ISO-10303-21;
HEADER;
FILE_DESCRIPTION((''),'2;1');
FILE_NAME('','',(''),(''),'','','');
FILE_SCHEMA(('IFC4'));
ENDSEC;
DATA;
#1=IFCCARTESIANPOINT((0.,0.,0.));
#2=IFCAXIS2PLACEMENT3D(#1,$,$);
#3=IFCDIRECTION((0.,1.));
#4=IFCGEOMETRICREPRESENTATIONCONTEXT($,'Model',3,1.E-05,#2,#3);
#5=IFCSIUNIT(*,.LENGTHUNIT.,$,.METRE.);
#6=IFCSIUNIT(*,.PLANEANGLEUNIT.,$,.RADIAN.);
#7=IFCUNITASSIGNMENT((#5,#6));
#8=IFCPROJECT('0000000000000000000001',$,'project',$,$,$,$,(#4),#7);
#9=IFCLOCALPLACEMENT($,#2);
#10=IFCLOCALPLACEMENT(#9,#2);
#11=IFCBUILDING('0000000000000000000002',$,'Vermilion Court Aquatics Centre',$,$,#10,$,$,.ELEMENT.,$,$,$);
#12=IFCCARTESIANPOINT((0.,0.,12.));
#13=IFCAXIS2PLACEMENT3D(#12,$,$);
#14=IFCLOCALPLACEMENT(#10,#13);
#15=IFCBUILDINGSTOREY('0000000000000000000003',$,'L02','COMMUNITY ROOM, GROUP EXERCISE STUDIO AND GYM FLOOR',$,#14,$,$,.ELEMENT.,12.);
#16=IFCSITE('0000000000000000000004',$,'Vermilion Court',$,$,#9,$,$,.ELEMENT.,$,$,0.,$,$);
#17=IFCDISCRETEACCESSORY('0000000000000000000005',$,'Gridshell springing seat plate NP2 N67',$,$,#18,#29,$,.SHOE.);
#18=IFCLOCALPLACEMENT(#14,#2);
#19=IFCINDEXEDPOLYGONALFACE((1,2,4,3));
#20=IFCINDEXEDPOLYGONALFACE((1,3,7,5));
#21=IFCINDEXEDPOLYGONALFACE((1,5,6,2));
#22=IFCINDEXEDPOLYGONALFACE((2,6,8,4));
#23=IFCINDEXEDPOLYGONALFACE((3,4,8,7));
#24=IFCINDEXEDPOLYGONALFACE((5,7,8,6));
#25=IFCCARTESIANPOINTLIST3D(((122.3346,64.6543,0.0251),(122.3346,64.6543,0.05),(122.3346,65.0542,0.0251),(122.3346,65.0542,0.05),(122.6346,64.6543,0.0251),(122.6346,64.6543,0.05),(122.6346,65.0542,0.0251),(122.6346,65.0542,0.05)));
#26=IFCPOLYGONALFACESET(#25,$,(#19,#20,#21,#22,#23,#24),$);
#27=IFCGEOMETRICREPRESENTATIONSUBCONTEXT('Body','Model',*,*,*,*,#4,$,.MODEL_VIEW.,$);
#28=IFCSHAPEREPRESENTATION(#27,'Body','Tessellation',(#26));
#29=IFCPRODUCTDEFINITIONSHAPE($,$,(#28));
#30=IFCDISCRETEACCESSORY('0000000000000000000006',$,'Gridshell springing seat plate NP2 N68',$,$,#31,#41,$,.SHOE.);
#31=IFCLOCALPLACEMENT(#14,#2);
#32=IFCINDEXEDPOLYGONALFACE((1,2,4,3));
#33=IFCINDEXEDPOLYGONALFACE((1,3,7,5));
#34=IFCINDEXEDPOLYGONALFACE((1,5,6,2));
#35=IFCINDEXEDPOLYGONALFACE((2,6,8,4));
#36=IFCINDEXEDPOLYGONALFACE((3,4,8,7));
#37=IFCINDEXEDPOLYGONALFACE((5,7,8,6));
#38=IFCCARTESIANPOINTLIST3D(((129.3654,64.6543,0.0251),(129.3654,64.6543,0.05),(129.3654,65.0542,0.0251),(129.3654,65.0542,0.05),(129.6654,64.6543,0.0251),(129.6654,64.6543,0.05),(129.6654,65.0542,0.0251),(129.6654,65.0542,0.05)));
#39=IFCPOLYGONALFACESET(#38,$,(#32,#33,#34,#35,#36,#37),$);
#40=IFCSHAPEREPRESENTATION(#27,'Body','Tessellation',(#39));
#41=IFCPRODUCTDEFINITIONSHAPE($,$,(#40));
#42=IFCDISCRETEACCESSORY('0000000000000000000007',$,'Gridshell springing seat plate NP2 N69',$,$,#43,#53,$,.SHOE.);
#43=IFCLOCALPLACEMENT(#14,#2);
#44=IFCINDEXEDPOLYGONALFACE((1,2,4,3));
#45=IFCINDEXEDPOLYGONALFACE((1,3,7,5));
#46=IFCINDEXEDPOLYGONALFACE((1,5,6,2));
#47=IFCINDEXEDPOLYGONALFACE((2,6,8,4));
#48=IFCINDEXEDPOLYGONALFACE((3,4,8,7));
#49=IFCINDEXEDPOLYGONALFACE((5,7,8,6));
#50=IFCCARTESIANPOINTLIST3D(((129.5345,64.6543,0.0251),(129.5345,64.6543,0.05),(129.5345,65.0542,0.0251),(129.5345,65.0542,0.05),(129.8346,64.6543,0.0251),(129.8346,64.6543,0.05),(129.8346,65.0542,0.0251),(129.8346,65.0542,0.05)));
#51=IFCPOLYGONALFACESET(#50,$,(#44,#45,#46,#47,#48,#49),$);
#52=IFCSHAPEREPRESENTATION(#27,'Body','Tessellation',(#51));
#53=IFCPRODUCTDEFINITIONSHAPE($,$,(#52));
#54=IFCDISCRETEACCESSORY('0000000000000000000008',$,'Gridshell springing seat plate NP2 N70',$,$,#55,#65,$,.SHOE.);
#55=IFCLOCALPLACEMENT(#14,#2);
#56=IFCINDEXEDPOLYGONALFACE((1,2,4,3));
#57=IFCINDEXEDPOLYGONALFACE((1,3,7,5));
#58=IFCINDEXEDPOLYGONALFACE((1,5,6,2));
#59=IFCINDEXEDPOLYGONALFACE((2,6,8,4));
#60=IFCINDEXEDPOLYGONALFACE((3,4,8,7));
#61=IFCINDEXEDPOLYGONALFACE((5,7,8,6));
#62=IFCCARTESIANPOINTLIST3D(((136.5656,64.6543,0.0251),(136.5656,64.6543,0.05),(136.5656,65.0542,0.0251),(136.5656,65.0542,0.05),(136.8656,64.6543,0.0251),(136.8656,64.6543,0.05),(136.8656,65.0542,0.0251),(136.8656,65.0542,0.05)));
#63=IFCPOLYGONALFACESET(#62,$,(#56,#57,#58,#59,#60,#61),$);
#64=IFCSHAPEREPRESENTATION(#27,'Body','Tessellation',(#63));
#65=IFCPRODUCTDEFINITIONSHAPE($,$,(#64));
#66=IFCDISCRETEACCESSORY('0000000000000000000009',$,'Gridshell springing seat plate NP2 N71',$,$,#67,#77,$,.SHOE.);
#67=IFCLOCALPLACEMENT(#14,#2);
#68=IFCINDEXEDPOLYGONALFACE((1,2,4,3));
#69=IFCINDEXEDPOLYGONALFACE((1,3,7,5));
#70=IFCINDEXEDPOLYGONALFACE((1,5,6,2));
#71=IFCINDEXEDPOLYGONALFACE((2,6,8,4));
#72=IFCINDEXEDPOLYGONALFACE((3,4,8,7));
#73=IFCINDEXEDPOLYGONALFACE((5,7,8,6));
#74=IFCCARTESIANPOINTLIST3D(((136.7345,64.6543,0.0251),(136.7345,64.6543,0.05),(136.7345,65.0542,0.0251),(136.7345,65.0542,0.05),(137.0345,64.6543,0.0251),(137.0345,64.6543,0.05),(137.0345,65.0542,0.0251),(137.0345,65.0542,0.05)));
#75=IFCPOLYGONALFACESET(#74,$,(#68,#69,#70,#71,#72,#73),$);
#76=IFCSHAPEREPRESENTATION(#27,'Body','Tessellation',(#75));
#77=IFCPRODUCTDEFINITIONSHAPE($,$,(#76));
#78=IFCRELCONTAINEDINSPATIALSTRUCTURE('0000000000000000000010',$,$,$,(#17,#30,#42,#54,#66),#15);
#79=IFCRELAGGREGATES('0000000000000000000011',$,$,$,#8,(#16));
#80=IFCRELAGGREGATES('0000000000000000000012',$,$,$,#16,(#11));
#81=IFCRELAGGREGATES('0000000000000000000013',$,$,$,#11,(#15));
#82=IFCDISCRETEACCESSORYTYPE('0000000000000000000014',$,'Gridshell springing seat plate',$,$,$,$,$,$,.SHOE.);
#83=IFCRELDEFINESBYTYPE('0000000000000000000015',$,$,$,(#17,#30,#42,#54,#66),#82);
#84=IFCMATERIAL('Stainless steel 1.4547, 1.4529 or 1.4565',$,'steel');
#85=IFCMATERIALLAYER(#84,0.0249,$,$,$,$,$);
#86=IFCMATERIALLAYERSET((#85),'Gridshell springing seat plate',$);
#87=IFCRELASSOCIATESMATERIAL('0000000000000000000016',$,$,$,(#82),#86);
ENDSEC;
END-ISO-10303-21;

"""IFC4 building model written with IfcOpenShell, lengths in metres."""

from ifc_helpers import new_model, si_unit, direction, frame, origin, origin_2d, place, context, subcontext, project, spatial, rectangle, extrude, material, layer, layer_set, type_object, element, save


model = new_model("IFC4")

# Units and contexts
model_context = context("Model", 3, precision=1e-05, world=origin(), true_north=direction((0.0, 1.0)))
body_context = subcontext(model_context, "Body", "Model", "MODEL_VIEW")
ifc_project = project(units=[si_unit("LENGTHUNIT", "METRE"), si_unit("PLANEANGLEUNIT", "RADIAN")], contexts=[model_context])

# Site, building, storey
site_placement = place(None, origin())
site = spatial("IfcSite", under=ifc_project, at=site_placement, Name="Vermilion Court", CompositionType="ELEMENT", RefElevation=0.0)
building_placement = place(site_placement, origin())
building = spatial("IfcBuilding", under=site, at=building_placement, Name="Vermilion Court Aquatics Centre", CompositionType="ELEMENT")
storey_placement = place(building_placement, frame((0.0, 0.0, 12.0)))
storey = spatial("IfcBuildingStorey", under=building, at=storey_placement, Name="L02", Description="COMMUNITY ROOM, GROUP EXERCISE STUDIO AND GYM FLOOR", CompositionType="ELEMENT", Elevation=12.0)

# Discrete accessories
ifc_material_1 = material(Name="Stainless steel 1.4547, 1.4529 or 1.4565", Category="steel")
ifc_layer_1 = layer(ifc_material_1, 0.0249)
ifc_layer_set_1 = layer_set([ifc_layer_1], Name="Gridshell springing seat plate")
discrete_accessory_type_1 = type_object("IfcDiscreteAccessoryType", Name="Gridshell springing seat plate", PredefinedType="SHOE", material=ifc_layer_set_1)
for number, where, z_axis, x_axis, name in (
    (1, (122.4846, 64.8542, 0.0251), (0.0, 0.0, 1.0), (1.0, 0.0, 0.0), "Gridshell springing seat plate NP2 N67"),
    (2, (129.5154, 64.8542, 0.0251), (0.0, 0.0, 1.0), (1.0, 0.0, 0.0), "Gridshell springing seat plate NP2 N68"),
    (3, (129.6846, 64.8542, 0.0251), (0.0, 0.0, 1.0), (1.0, 0.0, 0.0), "Gridshell springing seat plate NP2 N69"),
    (4, (136.7156, 64.8542, 0.0251), (0.0, 0.0, 1.0), (1.0, 0.0, 0.0), "Gridshell springing seat plate NP2 N70"),
    (5, (136.8845, 64.8542, 0.0251), (0.0, 0.0, 1.0), (1.0, 0.0, 0.0), "Gridshell springing seat plate NP2 N71"),
):
    element("IfcDiscreteAccessory", number, at=place(storey_placement, frame(where, z_axis=z_axis, x_axis=x_axis)), inside=storey, type_object=discrete_accessory_type_1, Name=name, PredefinedType="SHOE", context=body_context, shape_type="SweptSolid", body=[
        extrude(rectangle(XDim=0.3, YDim=0.3999, at=origin_2d()), origin(), (0.0, 0.0, 1.0), 0.0249),
    ])

save(model, "model.ifc")
